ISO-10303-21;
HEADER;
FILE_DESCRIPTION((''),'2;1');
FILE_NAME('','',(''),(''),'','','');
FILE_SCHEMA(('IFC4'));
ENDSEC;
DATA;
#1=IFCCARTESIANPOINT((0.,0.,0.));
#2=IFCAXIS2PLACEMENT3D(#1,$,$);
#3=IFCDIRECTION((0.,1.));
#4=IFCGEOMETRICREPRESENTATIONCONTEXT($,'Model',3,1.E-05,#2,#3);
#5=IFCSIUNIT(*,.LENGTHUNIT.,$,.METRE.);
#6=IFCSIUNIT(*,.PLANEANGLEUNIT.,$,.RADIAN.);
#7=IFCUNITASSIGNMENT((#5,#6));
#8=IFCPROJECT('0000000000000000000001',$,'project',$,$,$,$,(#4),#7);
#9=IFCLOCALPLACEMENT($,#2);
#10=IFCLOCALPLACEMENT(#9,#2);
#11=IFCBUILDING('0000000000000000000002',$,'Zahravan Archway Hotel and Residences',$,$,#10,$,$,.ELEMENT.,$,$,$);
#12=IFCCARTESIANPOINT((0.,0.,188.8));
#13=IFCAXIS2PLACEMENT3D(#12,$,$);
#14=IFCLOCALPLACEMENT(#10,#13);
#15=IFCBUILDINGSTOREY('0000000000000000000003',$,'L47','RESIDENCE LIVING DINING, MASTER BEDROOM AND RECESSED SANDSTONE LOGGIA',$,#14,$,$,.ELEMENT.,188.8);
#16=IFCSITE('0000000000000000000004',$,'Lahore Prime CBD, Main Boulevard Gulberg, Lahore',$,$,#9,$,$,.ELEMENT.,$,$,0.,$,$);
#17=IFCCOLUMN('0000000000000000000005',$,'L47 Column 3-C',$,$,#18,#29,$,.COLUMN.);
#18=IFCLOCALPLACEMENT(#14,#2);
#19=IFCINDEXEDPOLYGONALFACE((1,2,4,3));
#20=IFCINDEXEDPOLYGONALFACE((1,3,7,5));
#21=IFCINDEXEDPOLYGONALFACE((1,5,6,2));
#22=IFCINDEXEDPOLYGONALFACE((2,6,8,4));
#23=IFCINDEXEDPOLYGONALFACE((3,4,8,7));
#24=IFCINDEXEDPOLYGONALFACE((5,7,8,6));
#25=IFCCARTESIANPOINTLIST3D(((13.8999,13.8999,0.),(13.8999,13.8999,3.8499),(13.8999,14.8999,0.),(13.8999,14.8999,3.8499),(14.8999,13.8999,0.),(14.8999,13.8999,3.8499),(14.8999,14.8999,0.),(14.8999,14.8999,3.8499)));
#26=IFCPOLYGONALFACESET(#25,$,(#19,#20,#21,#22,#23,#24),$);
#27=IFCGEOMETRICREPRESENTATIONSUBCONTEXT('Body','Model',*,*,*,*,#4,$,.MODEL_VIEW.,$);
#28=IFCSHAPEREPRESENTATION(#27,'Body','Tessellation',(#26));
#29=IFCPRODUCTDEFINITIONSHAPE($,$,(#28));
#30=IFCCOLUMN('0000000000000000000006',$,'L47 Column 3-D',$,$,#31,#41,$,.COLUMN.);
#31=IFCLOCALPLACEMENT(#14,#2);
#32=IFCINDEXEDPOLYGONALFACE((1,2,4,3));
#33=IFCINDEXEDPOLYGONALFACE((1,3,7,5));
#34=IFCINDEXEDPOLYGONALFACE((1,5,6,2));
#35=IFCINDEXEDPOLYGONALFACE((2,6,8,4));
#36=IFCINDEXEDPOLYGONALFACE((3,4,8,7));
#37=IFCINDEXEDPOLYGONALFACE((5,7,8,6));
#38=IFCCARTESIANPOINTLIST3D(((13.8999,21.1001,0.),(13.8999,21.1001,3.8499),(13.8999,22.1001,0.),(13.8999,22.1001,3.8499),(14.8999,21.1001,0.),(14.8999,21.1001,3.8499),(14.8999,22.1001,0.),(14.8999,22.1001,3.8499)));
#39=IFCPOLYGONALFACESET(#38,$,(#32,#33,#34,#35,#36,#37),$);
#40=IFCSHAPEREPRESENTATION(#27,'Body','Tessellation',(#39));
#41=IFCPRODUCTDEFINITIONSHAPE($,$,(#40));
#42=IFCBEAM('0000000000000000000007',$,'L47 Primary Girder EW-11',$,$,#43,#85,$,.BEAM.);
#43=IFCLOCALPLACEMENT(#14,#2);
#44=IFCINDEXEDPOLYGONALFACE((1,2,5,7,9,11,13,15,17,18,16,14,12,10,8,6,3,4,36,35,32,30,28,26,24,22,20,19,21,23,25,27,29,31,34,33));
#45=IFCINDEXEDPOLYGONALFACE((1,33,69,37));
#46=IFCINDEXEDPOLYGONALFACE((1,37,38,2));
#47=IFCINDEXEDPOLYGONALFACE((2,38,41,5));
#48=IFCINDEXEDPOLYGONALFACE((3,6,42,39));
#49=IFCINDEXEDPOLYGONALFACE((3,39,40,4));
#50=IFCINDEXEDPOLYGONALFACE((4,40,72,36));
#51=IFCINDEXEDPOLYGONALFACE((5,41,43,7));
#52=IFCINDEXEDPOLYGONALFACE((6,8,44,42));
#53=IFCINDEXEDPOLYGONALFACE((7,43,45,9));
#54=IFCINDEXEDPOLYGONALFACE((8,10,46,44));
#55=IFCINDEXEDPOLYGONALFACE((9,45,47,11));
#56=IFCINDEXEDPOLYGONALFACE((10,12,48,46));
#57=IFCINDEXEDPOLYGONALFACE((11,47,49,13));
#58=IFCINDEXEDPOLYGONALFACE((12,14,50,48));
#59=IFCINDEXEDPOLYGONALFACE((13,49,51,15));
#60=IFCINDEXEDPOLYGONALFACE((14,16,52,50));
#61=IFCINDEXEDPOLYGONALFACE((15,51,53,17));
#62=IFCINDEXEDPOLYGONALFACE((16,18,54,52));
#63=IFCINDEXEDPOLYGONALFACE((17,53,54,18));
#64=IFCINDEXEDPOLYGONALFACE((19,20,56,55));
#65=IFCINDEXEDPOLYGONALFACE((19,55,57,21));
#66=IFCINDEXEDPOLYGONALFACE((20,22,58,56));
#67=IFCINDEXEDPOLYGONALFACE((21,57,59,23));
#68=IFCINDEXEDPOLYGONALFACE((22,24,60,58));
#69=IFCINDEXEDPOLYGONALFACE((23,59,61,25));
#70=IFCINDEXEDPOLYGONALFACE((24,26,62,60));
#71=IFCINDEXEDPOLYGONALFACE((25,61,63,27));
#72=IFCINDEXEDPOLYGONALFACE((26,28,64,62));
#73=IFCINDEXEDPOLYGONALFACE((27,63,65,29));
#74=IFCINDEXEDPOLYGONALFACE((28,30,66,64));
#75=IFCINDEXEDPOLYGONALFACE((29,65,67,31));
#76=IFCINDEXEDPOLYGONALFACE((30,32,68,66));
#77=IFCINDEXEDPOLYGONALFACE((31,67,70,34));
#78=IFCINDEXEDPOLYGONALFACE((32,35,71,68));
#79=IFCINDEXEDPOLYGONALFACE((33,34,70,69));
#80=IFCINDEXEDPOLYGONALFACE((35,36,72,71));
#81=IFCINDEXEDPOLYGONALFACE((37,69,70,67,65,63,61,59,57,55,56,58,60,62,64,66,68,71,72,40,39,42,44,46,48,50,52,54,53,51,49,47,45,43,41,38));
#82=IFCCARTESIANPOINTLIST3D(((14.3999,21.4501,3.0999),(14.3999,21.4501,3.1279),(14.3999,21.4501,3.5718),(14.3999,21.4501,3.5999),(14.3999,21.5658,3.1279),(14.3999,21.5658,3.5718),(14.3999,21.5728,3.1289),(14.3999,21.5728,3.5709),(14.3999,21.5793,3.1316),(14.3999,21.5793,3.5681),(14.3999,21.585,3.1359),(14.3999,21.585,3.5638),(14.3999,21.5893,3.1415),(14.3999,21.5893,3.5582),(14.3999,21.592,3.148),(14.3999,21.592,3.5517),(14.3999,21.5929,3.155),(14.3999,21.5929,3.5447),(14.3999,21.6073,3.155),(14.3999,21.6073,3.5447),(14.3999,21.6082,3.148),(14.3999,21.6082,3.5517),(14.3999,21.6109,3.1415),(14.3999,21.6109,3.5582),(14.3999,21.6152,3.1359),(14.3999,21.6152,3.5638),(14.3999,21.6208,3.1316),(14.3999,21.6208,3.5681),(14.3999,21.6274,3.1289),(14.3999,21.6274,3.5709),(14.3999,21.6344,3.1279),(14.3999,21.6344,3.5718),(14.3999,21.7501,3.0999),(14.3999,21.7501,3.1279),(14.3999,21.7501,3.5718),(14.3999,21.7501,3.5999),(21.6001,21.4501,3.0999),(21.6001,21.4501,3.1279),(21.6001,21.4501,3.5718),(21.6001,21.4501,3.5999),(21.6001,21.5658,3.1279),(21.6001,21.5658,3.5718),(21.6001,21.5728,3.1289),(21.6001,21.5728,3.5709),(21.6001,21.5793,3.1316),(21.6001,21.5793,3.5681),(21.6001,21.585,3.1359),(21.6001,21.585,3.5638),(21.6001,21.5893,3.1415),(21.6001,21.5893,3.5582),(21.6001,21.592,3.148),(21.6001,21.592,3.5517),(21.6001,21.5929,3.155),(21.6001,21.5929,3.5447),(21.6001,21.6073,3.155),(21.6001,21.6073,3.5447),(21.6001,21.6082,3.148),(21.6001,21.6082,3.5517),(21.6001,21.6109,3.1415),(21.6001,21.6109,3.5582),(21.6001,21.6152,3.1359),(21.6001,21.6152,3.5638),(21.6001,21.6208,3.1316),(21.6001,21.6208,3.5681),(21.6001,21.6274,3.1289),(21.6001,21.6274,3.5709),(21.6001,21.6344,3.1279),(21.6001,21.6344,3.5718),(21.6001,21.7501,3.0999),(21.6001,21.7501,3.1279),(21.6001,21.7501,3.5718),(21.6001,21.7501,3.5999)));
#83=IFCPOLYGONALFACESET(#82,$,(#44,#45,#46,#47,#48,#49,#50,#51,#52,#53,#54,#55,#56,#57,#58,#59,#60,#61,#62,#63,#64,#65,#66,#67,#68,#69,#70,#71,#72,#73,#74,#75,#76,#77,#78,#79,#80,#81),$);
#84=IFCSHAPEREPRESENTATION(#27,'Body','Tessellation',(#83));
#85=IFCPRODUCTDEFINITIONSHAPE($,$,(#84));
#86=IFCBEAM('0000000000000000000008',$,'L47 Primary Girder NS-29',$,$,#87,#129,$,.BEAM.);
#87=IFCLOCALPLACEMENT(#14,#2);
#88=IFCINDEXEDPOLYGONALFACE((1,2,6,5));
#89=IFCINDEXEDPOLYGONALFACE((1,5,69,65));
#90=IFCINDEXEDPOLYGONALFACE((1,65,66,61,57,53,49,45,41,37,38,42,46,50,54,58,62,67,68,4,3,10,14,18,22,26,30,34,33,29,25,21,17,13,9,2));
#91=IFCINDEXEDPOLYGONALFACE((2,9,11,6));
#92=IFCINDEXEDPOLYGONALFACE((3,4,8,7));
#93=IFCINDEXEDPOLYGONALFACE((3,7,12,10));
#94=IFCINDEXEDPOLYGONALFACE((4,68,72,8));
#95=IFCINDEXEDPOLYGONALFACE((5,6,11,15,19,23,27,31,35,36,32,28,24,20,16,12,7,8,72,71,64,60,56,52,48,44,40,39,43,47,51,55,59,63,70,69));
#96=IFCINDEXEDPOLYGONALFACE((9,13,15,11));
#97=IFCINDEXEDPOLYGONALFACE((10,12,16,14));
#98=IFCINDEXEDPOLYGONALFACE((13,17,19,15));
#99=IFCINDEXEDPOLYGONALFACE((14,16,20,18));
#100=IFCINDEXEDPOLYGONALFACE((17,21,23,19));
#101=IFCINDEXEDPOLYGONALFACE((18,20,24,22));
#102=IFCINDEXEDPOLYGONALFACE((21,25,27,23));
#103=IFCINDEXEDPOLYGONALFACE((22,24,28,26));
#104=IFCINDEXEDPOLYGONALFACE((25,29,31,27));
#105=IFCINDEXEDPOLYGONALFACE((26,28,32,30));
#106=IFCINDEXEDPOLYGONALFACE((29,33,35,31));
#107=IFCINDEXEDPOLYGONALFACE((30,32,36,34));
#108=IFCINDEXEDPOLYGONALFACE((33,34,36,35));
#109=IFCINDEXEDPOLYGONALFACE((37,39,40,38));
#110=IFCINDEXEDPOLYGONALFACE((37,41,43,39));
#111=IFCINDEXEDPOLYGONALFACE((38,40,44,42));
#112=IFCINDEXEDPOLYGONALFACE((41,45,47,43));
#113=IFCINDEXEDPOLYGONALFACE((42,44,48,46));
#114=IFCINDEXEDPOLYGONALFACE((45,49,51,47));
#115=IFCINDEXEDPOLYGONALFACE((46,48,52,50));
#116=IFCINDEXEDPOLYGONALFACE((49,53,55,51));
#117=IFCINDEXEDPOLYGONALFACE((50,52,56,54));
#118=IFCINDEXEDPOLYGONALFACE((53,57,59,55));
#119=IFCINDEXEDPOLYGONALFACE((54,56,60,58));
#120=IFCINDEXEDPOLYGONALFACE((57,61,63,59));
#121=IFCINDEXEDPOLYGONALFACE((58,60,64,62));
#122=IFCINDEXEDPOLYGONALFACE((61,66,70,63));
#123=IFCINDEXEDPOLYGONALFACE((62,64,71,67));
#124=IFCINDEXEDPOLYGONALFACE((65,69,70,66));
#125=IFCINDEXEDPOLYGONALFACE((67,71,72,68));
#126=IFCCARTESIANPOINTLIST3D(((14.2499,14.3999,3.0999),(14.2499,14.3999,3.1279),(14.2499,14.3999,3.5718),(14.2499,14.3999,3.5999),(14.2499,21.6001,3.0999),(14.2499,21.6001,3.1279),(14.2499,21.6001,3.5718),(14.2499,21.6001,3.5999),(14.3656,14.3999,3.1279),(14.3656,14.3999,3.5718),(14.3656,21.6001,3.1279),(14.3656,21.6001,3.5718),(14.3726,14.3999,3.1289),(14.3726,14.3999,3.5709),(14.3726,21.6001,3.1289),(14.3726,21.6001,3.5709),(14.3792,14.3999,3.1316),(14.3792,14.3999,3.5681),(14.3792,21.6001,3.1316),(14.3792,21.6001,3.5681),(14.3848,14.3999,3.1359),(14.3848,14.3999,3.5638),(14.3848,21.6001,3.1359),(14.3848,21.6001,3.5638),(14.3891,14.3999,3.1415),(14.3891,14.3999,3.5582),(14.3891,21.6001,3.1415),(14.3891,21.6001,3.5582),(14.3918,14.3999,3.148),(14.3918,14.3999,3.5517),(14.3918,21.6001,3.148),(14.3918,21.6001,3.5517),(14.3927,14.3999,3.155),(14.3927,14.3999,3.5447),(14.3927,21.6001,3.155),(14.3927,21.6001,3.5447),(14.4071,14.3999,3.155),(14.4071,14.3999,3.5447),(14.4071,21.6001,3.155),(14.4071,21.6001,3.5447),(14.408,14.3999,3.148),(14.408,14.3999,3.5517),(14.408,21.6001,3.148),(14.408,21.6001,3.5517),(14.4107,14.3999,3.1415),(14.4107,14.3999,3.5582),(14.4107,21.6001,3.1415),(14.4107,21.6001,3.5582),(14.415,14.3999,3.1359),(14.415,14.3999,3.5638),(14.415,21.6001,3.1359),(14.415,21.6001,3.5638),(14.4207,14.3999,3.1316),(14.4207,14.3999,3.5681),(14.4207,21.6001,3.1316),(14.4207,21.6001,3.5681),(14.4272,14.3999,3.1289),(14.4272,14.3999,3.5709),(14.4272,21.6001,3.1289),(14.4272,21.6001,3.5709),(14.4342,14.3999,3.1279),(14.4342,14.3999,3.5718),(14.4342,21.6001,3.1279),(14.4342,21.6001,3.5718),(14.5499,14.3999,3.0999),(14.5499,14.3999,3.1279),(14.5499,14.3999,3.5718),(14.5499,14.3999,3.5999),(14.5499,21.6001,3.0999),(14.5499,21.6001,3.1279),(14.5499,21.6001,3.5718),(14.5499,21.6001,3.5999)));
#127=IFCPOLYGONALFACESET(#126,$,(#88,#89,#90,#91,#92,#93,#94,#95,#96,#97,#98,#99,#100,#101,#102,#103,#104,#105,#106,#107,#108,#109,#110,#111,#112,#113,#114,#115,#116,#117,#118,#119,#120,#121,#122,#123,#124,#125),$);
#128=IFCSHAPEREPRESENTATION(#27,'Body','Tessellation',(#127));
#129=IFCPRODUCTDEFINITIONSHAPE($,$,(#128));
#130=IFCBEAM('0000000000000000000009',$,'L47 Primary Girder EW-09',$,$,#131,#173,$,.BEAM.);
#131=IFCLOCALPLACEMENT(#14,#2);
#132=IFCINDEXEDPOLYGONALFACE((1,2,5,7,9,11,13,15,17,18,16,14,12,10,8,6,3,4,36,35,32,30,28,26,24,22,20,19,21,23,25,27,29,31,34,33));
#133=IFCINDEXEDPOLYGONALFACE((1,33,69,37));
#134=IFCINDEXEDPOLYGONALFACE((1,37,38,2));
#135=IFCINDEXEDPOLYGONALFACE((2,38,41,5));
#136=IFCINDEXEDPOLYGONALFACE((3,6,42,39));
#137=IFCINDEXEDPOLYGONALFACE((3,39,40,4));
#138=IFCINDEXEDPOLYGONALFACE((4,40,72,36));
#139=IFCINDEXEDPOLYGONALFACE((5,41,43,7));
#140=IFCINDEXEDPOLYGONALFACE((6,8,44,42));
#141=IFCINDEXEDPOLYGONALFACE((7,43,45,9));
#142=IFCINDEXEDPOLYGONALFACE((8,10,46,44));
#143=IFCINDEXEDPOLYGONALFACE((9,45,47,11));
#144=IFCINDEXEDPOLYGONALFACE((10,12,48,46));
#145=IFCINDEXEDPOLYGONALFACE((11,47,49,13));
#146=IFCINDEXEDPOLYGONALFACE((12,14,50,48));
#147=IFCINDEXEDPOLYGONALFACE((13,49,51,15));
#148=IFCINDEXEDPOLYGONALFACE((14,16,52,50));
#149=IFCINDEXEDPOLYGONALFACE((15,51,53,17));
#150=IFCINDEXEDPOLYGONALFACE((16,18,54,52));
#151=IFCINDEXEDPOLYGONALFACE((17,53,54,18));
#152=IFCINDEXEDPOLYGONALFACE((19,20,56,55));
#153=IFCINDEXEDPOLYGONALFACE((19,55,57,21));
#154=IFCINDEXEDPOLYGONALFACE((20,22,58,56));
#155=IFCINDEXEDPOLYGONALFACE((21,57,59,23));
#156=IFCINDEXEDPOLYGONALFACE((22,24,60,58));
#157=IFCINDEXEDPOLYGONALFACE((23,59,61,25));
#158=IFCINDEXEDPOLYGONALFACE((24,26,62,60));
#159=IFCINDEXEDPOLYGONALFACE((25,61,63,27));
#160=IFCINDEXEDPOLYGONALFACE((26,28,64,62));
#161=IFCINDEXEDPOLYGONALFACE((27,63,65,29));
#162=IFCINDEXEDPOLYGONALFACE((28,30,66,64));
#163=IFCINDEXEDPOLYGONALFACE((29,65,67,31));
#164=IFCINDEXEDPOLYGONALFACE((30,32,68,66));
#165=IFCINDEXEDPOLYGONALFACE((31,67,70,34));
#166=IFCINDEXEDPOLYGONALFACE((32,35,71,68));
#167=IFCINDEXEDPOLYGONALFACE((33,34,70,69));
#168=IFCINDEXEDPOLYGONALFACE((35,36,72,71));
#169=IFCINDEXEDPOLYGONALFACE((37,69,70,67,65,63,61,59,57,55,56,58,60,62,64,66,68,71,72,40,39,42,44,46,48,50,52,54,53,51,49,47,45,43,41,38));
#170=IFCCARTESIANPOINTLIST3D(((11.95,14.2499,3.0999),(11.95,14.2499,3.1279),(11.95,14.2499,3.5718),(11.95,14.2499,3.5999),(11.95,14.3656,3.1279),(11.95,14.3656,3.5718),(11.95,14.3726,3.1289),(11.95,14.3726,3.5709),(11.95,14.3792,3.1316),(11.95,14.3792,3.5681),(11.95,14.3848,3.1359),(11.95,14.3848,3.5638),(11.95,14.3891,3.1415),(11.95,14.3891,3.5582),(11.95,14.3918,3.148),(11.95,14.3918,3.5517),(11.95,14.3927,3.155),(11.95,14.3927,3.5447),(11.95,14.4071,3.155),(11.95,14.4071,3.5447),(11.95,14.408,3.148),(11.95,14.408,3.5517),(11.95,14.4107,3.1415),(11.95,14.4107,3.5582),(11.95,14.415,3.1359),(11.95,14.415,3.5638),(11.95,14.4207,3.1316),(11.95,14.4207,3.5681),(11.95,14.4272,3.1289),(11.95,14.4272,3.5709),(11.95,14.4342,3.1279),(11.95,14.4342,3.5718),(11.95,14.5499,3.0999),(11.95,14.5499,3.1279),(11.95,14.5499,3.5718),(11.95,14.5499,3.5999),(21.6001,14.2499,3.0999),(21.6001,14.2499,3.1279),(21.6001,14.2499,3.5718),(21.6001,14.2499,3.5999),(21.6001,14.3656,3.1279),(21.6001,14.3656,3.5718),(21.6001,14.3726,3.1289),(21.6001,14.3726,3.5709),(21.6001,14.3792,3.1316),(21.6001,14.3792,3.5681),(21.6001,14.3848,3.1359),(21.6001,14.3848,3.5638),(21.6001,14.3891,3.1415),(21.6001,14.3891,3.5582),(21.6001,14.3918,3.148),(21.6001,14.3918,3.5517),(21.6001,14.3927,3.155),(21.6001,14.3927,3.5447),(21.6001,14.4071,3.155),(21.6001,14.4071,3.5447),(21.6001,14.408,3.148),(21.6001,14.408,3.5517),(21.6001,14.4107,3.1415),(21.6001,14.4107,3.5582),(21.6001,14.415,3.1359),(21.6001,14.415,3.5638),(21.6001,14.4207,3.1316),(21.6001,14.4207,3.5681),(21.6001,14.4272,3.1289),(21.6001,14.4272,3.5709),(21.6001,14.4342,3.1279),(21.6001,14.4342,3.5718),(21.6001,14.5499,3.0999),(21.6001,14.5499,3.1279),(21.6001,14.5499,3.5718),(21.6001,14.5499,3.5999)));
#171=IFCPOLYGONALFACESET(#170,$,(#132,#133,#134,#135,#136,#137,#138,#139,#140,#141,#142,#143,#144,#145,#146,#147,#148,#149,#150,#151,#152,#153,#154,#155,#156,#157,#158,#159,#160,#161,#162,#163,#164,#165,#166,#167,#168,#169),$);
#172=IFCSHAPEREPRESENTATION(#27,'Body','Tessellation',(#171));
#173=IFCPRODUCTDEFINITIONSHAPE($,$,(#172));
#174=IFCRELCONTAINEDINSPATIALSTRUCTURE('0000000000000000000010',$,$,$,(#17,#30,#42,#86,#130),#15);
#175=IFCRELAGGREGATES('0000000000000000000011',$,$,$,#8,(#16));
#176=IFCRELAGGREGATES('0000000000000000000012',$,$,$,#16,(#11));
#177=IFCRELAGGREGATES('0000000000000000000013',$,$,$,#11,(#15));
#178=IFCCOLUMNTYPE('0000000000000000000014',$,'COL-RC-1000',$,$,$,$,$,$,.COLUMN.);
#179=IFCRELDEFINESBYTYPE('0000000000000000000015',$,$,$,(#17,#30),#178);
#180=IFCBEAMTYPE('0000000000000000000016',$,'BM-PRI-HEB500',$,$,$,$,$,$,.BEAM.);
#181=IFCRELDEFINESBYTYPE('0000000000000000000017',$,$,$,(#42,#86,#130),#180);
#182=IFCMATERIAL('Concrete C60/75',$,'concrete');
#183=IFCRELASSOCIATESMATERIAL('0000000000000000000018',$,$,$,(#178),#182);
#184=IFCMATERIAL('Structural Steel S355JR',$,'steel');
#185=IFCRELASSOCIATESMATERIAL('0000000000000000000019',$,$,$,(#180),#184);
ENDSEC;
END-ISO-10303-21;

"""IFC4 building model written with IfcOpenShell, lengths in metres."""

from ifc_helpers import new_model, si_unit, direction, frame, origin, origin_2d, place, context, subcontext, project, spatial, rectangle, i_section, extrude, source, transform, mapped, material, material_profile, profile_set, type_object, type_shapes, element, save


model = new_model("IFC4")

# Units and contexts
model_context = context("Model", 3, precision=1e-05, world=origin(), true_north=direction((0.0, 1.0)))
body_context = subcontext(model_context, "Body", "Model", "MODEL_VIEW")
ifc_project = project(units=[si_unit("LENGTHUNIT", "METRE"), si_unit("PLANEANGLEUNIT", "RADIAN")], contexts=[model_context])

# Site, building, storey
site_placement = place(None, origin())
site = spatial("IfcSite", under=ifc_project, at=site_placement, Name="Lahore Prime CBD, Main Boulevard Gulberg, Lahore", CompositionType="ELEMENT", RefElevation=0.0)
building_placement = place(site_placement, origin())
building = spatial("IfcBuilding", under=site, at=building_placement, Name="Zahravan Archway Hotel and Residences", CompositionType="ELEMENT")
storey_placement = place(building_placement, frame((0.0, 0.0, 188.8)))
storey = spatial("IfcBuildingStorey", under=building, at=storey_placement, Name="L47", Description="RESIDENCE LIVING DINING, MASTER BEDROOM AND RECESSED SANDSTONE LOGGIA", CompositionType="ELEMENT", Elevation=188.8)

# Columns
ifc_material_1 = material(Name="Concrete C60/75", Category="concrete")
ifc_material_profile_1 = material_profile(ifc_material_1, rectangle(XDim=1.0, YDim=1.0, at=origin_2d()), Name="RC-COL-1000x1000", Category="concrete")
ifc_profile_set_1 = profile_set([ifc_material_profile_1], Name="Concrete C60/75")
column_type = type_object("IfcColumnType", Name="COL-RC-1000", PredefinedType="COLUMN", material=ifc_profile_set_1)
shared_shape_1 = source(origin(), body_context, "Body", "SweptSolid", [
    extrude(rectangle(XDim=1.0, YDim=1.0, at=origin_2d()), origin(), (0.0, 0.0, 1.0), 3.8499),
])
for number, where, z_axis, x_axis, name in (
    (1, (14.3999, 14.3999, 0.0), (0.0, 0.0, 1.0), (1.0, 0.0, 0.0), "L47 Column 3-C"),
    (2, (14.3999, 21.6001, 0.0), (0.0, 0.0, 1.0), (1.0, 0.0, 0.0), "L47 Column 3-D"),
):
    element("IfcColumn", number, at=place(storey_placement, frame(where, z_axis=z_axis, x_axis=x_axis)), inside=storey, type_object=column_type, Name=name, PredefinedType="COLUMN", context=body_context, shape_type="MappedRepresentation", body=[
        mapped(shared_shape_1, transform((0.0, 0.0, 0.0), scale=1.0)),
    ])

# Beams
ifc_material_2 = material(Name="Structural Steel S355JR", Category="steel")
ifc_material_profile_2 = material_profile(ifc_material_2, i_section(OverallWidth=0.3, OverallDepth=0.5, WebThickness=0.0144, FlangeThickness=0.0281, FilletRadius=0.0271, at=origin_2d()), Name="HEB 500", Category="steel")
ifc_profile_set_2 = profile_set([ifc_material_profile_2], Name="Structural Steel S355JR")
beam_type_1 = type_object("IfcBeamType", Name="BM-PRI-HEB500", PredefinedType="BEAM", material=ifc_profile_set_2)
shared_shape_2 = source(origin(), body_context, "Body", "SweptSolid", [
    extrude(i_section(OverallWidth=0.3, OverallDepth=0.5, WebThickness=0.0144, FlangeThickness=0.0281, FilletRadius=0.0271, at=origin_2d()), origin(), (0.0, 0.0, 1.0), 7.2002),
])
type_shapes(beam_type_1, [shared_shape_2])
for number, where, z_axis, x_axis, name in (
    (3, (14.3999, 21.6001, 3.3499), (1.0, 0.0, 0.0), (0.0, 1.0, 0.0), "L47 Primary Girder EW-11"),
    (4, (14.3999, 14.3999, 3.3499), (0.0, 1.0, 0.0), (-1.0, 0.0, 0.0), "L47 Primary Girder NS-29"),
):
    element("IfcBeam", number, at=place(storey_placement, frame(where, z_axis=z_axis, x_axis=x_axis)), inside=storey, type_object=beam_type_1, Name=name, PredefinedType="BEAM", context=body_context, shape_type="MappedRepresentation", body=[
        mapped(shared_shape_2, transform((0.0, 0.0, 0.0), scale=1.0)),
    ])
shared_shape_3 = source(origin(), body_context, "Body", "SweptSolid", [
    extrude(i_section(OverallWidth=0.3, OverallDepth=0.5, WebThickness=0.0144, FlangeThickness=0.0281, FilletRadius=0.0271, at=origin_2d()), origin(), (0.0, 0.0, 1.0), 9.6501),
])
beam_1_placement = place(storey_placement, frame((11.95, 14.3999, 3.3499), z_axis=(1.0, 0.0, 0.0), x_axis=(0.0, 1.0, 0.0)))
element("IfcBeam", 5, at=beam_1_placement, inside=storey, type_object=beam_type_1, Name="L47 Primary Girder EW-09", PredefinedType="BEAM", context=body_context, shape_type="MappedRepresentation", body=[
    mapped(shared_shape_3, transform((0.0, 0.0, 0.0), scale=1.0)),
])

save(model, "model.ifc")
